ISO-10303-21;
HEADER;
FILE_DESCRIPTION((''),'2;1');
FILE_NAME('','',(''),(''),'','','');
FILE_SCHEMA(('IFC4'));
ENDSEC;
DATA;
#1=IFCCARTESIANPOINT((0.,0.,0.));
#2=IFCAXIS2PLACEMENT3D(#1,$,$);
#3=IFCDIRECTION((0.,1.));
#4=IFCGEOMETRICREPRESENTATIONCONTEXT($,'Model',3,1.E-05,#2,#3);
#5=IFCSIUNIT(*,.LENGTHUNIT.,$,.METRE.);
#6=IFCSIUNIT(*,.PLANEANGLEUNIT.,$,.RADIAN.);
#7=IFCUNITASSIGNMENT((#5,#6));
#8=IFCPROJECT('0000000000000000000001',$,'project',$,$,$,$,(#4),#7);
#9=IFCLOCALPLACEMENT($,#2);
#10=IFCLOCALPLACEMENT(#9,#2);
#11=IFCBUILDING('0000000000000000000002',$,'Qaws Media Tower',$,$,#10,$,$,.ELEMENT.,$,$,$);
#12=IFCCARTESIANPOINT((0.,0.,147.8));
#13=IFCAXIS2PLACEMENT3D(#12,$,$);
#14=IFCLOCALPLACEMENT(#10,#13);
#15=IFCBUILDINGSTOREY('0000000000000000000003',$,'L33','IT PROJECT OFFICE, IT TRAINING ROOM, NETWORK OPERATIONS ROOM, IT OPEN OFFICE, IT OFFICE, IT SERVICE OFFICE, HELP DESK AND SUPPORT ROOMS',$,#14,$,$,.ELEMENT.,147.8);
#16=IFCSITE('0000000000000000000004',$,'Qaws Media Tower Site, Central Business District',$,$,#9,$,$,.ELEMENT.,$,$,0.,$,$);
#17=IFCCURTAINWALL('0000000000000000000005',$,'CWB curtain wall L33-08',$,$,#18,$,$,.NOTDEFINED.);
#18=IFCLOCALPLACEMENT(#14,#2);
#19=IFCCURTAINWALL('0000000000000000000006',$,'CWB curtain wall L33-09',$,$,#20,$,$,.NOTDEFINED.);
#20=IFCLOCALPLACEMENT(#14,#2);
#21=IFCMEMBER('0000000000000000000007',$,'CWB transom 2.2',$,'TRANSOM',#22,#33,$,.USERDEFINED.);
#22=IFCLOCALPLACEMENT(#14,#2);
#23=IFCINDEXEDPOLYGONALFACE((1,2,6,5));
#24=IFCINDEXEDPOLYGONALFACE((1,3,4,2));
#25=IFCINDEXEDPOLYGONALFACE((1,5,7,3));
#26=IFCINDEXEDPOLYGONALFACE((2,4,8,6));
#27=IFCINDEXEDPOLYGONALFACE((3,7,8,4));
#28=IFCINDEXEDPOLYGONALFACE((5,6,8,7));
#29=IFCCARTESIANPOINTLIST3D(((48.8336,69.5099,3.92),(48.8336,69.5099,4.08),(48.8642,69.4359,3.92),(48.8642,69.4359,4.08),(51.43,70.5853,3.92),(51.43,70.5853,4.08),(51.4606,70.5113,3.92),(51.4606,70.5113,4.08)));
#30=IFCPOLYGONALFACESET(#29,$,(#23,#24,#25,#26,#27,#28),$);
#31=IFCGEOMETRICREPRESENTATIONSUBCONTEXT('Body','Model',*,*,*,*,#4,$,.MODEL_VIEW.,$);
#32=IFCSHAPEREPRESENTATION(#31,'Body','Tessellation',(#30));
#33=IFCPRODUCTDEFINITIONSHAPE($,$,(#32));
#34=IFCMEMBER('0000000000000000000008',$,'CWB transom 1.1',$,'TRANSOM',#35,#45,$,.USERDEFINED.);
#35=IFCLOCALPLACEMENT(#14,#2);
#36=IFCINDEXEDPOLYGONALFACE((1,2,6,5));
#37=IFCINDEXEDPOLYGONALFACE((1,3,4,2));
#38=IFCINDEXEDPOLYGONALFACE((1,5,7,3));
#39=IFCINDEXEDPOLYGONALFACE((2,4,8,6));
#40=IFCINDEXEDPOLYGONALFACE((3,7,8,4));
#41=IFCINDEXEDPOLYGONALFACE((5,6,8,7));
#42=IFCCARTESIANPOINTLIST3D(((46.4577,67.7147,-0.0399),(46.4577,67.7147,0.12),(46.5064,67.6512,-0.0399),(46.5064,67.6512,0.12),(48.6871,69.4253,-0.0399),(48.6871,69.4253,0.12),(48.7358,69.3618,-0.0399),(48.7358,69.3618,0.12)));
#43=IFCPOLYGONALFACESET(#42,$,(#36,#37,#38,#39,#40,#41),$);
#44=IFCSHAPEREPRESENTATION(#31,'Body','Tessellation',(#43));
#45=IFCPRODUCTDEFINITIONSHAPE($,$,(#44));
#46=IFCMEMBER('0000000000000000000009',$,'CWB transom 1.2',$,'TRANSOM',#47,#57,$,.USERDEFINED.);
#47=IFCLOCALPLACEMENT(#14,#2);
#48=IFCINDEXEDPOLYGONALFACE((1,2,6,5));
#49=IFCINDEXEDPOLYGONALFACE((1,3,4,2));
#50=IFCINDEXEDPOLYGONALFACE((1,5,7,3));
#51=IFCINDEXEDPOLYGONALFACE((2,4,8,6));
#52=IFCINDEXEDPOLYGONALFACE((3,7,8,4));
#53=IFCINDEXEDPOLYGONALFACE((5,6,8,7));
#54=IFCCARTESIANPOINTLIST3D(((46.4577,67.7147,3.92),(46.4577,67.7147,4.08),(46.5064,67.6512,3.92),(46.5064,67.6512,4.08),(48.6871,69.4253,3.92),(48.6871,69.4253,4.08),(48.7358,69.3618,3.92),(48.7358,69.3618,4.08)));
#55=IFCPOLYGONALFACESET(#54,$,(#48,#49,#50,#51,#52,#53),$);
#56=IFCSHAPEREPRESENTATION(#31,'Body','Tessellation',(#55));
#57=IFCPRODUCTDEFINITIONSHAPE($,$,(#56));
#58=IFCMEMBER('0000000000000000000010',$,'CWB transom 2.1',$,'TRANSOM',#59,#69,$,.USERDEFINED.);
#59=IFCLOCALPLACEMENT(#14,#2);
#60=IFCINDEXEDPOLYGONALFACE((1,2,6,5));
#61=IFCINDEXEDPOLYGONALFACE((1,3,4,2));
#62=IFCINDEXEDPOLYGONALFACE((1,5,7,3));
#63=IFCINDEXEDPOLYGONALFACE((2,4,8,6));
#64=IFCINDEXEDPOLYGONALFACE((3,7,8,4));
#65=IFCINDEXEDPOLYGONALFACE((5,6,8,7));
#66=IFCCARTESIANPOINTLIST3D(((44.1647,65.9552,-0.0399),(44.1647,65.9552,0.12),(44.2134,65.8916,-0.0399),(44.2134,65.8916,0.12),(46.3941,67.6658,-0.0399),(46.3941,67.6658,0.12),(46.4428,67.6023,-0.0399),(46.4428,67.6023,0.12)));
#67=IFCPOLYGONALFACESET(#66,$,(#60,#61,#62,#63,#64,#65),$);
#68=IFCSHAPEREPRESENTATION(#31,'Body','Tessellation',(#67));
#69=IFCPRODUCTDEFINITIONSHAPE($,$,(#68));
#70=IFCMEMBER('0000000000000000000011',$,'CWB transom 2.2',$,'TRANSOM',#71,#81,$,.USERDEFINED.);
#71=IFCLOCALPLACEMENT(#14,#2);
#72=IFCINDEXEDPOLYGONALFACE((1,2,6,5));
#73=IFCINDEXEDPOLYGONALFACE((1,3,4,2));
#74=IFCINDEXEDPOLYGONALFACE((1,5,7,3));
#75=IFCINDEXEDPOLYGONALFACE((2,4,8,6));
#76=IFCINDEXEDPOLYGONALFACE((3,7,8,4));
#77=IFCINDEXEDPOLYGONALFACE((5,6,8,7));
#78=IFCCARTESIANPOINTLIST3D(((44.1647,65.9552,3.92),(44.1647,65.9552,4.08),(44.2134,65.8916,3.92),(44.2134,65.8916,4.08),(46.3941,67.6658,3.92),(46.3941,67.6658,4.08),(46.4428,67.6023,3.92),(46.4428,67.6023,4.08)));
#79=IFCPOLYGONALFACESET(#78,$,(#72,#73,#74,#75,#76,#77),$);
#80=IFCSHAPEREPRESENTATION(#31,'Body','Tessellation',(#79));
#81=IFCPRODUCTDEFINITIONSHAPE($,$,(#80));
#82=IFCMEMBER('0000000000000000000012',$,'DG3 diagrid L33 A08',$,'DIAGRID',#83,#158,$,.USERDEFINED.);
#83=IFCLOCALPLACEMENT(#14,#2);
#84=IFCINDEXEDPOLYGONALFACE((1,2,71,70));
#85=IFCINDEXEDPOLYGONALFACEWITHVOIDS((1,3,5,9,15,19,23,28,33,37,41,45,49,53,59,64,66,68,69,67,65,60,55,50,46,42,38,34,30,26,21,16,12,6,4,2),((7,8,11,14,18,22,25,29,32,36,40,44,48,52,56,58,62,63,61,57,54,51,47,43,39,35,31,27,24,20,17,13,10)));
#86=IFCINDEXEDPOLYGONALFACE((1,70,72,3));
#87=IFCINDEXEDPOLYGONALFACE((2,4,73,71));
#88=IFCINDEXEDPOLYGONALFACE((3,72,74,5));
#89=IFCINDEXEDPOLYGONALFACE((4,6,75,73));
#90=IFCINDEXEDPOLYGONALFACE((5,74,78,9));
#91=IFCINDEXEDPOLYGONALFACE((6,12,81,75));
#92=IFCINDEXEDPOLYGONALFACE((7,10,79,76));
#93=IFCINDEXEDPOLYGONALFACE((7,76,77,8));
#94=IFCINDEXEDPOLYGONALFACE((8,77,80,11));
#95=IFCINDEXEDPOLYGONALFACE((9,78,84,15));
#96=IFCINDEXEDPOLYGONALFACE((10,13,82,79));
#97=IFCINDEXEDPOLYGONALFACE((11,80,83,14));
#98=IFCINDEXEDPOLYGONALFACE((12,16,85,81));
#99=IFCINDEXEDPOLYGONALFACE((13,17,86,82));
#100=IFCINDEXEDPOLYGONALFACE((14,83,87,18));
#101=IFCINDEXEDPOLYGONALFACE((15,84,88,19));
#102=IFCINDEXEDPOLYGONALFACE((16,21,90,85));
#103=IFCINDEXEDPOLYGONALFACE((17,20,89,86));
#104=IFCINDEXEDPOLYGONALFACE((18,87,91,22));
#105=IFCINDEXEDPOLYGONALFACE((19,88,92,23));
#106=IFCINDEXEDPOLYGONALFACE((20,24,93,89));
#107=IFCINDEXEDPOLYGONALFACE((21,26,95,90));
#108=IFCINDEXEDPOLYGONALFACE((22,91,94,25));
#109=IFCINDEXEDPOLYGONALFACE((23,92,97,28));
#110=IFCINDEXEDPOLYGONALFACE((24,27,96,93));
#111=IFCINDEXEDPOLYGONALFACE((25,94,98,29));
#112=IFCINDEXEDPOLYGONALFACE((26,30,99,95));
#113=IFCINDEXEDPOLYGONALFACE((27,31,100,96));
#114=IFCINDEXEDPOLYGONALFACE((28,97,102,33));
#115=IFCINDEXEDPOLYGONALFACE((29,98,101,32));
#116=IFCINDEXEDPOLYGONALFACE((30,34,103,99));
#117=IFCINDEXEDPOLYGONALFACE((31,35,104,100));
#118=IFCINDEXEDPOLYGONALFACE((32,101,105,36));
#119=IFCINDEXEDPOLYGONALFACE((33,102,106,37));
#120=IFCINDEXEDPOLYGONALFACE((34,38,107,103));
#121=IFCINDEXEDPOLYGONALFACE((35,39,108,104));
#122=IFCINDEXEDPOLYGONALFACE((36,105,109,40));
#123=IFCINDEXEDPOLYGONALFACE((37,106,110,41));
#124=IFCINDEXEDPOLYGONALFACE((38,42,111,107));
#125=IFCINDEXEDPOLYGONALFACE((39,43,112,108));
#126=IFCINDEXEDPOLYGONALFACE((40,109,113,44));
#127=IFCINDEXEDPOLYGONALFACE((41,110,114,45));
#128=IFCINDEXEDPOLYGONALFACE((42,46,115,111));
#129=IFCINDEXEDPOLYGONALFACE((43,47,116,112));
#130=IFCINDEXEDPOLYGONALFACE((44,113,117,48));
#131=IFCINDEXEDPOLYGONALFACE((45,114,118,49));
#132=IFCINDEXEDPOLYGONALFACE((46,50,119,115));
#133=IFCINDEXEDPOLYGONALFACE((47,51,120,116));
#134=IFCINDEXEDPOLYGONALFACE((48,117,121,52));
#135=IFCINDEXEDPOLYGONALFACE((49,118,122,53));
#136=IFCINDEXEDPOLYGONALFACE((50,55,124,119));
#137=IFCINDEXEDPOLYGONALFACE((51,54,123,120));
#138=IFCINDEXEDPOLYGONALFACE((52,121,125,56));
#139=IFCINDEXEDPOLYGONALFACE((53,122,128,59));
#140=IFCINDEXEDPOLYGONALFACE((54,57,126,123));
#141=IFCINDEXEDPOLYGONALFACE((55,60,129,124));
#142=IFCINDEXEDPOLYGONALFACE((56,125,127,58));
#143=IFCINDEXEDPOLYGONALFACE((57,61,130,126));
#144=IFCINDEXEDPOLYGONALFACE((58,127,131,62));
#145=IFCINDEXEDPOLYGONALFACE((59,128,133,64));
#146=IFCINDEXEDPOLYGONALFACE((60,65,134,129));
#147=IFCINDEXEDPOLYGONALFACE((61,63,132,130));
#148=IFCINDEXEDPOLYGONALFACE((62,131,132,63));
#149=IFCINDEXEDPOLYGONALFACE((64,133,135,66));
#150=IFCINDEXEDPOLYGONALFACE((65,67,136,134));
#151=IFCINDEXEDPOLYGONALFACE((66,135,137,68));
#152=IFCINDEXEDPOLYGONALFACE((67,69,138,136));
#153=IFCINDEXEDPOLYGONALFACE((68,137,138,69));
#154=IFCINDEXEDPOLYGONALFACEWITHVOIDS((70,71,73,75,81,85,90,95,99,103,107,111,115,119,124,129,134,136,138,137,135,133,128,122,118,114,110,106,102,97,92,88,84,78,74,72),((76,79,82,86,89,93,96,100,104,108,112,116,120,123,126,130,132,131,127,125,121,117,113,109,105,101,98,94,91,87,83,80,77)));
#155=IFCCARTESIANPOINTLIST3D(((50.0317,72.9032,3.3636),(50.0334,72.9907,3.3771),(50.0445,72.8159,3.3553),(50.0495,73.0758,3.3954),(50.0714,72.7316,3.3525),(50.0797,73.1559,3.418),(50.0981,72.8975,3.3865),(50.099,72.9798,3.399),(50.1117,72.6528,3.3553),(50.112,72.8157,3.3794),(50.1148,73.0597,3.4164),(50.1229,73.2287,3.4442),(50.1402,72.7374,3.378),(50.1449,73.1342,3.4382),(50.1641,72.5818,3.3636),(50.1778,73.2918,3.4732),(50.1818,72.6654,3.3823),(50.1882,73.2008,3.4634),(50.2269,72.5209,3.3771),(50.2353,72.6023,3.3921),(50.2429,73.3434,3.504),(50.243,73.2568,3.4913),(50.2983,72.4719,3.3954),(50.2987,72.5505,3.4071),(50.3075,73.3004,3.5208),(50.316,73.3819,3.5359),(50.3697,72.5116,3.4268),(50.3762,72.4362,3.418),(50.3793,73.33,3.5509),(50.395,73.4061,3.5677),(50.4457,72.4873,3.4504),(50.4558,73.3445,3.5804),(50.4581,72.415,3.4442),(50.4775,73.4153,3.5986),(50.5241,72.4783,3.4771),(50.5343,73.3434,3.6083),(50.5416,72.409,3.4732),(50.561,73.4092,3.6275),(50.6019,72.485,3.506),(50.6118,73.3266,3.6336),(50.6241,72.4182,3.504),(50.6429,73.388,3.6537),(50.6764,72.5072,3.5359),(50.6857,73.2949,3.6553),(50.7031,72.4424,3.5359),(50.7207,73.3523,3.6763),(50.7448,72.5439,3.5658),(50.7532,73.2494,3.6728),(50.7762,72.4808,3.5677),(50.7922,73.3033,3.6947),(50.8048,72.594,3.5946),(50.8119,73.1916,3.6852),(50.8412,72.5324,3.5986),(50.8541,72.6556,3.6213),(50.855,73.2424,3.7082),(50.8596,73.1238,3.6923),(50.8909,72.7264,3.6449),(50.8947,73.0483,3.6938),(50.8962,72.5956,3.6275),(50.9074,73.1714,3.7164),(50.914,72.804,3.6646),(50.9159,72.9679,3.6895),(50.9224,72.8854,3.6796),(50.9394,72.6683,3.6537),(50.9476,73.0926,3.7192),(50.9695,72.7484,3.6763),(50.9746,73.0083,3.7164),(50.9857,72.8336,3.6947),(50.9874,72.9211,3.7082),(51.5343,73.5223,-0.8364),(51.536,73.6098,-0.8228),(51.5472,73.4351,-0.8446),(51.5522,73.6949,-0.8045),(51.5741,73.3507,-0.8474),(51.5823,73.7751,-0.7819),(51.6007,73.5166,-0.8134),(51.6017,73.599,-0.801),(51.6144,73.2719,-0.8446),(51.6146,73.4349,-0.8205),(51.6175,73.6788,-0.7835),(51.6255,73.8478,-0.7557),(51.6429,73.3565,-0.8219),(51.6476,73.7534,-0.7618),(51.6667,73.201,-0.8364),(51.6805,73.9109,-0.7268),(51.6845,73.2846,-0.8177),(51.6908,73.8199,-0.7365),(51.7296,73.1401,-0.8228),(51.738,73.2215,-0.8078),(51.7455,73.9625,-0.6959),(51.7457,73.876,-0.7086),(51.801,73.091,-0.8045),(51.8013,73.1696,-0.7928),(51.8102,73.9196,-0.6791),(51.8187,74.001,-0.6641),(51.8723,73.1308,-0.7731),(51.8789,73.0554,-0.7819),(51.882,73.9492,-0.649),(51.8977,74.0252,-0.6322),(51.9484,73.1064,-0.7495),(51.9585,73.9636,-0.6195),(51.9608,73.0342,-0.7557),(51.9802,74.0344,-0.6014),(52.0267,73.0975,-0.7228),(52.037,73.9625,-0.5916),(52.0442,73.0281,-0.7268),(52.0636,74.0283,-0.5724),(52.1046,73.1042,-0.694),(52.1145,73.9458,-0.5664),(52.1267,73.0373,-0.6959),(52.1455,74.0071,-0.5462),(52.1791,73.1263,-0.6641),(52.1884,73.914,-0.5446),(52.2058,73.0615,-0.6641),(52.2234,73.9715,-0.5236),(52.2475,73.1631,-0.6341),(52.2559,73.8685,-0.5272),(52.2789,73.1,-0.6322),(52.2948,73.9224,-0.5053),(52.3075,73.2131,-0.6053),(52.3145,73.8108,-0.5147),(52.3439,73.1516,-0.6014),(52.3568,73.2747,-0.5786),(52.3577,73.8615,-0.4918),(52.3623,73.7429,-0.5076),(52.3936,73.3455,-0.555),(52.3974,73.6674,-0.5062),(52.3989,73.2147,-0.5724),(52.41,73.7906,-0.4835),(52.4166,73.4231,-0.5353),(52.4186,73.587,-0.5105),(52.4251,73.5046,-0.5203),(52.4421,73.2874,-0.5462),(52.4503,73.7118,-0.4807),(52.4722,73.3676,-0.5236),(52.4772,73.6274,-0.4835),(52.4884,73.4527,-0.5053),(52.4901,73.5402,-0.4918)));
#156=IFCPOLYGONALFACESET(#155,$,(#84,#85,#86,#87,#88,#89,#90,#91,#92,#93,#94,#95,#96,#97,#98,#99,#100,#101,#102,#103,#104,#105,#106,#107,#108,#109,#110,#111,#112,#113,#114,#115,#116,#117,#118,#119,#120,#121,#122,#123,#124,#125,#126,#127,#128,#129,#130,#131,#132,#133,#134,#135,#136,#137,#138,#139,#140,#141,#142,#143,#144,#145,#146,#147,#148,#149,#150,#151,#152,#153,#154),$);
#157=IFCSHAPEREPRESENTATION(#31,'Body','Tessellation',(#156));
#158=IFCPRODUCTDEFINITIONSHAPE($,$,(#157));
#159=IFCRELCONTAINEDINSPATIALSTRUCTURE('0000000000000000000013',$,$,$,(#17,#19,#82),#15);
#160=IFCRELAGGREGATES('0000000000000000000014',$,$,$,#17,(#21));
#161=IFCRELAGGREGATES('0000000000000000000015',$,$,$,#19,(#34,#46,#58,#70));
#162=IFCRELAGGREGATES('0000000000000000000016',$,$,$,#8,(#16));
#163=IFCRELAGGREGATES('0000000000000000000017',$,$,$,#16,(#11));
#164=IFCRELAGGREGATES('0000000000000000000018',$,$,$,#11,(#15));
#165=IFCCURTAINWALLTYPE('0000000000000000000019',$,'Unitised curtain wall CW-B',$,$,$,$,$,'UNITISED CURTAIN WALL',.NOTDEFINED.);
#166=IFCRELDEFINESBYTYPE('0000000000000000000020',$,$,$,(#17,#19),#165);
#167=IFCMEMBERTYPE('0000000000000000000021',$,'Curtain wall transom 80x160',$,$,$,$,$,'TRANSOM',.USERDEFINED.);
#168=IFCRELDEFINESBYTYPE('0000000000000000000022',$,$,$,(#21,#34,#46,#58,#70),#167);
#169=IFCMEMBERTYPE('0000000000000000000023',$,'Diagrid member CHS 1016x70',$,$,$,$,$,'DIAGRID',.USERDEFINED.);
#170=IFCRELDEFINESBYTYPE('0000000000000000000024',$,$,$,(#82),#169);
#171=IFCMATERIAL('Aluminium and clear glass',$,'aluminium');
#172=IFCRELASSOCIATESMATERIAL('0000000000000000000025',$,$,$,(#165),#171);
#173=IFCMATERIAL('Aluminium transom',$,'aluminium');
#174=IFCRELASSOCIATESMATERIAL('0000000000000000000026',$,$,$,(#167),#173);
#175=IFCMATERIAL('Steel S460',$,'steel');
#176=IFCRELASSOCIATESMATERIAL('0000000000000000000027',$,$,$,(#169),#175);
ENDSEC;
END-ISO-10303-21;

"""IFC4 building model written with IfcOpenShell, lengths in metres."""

from ifc_helpers import new_model, si_unit, direction, frame, origin, origin_2d, place, context, subcontext, project, spatial, rectangle, hollow_circle, extrude, material, material_profile, profile_set, type_object, element, aggregate, save


model = new_model("IFC4")

# Units and contexts
model_context = context("Model", 3, precision=1e-05, world=origin(), true_north=direction((0.0, 1.0)))
body_context = subcontext(model_context, "Body", "Model", "MODEL_VIEW")
ifc_project = project(units=[si_unit("LENGTHUNIT", "METRE"), si_unit("PLANEANGLEUNIT", "RADIAN")], contexts=[model_context])

# Site, building, storey
site_placement = place(None, origin())
site = spatial("IfcSite", under=ifc_project, at=site_placement, Name="Qaws Media Tower Site, Central Business District", CompositionType="ELEMENT", RefElevation=0.0)
building_placement = place(site_placement, origin())
building = spatial("IfcBuilding", under=site, at=building_placement, Name="Qaws Media Tower", CompositionType="ELEMENT")
storey_placement = place(building_placement, frame((0.0, 0.0, 147.8)))
storey = spatial("IfcBuildingStorey", under=building, at=storey_placement, Name="L33", Description="IT PROJECT OFFICE, IT TRAINING ROOM, NETWORK OPERATIONS ROOM, IT OPEN OFFICE, IT OFFICE, IT SERVICE OFFICE, HELP DESK AND SUPPORT ROOMS", CompositionType="ELEMENT", Elevation=147.8)

# Curtain walls
ifc_material_1 = material(Name="Aluminium and clear glass", Category="aluminium")
curtain_wall_type = type_object("IfcCurtainWallType", Name="Unitised curtain wall CW-B", ElementType="UNITISED CURTAIN WALL", PredefinedType="NOTDEFINED", material=ifc_material_1)
curtain_wall_1_placement = place(storey_placement, origin())
curtain_wall_1 = element("IfcCurtainWall", 1, at=curtain_wall_1_placement, inside=storey, type_object=curtain_wall_type, Name="CWB curtain wall L33-08", PredefinedType="NOTDEFINED")
curtain_wall_2_placement = place(storey_placement, origin())
curtain_wall_2 = element("IfcCurtainWall", 2, at=curtain_wall_2_placement, inside=storey, type_object=curtain_wall_type, Name="CWB curtain wall L33-09", PredefinedType="NOTDEFINED")

# Members
ifc_material_2 = material(Name="Aluminium transom", Category="aluminium")
ifc_material_profile_1 = material_profile(ifc_material_2, rectangle(XDim=0.0801, YDim=0.1599, at=origin_2d()), Name="80x160")
ifc_profile_set_1 = profile_set([ifc_material_profile_1], Name="Aluminium transom")
member_type_1 = type_object("IfcMemberType", Name="Curtain wall transom 80x160", ElementType="TRANSOM", PredefinedType="USERDEFINED", material=ifc_profile_set_1)
member_1_placement = place(storey_placement, frame((51.4453, 70.5483, 4.0), z_axis=(-0.923884, -0.382671, 0.0), x_axis=(0.382671, -0.923884, 0.0)))
member_1 = element("IfcMember", 3, at=member_1_placement, type_object=member_type_1, Name="CWB transom 2.2", ObjectType="TRANSOM", PredefinedType="USERDEFINED", context=body_context, shape_type="SweptSolid", body=[
    extrude(rectangle(XDim=0.0801, YDim=0.1599, at=origin_2d()), origin(), (0.0, 0.0, 1.0), 2.8103),
])
member_2_placement = place(storey_placement, frame((48.7114, 69.3936, 0.04), z_axis=(-0.793363, -0.608749, 0.0), x_axis=(0.608749, -0.793363, 0.0)))
member_2 = element("IfcMember", 4, at=member_2_placement, type_object=member_type_1, Name="CWB transom 1.1", ObjectType="TRANSOM", PredefinedType="USERDEFINED", context=body_context, shape_type="SweptSolid", body=[
    extrude(rectangle(XDim=0.0801, YDim=0.1599, at=origin_2d()), origin(), (0.0, 0.0, 1.0), 2.8101),
])
member_3_placement = place(storey_placement, frame((48.7114, 69.3936, 4.0), z_axis=(-0.793363, -0.608749, 0.0), x_axis=(0.608749, -0.793363, 0.0)))
member_3 = element("IfcMember", 5, at=member_3_placement, type_object=member_type_1, Name="CWB transom 1.2", ObjectType="TRANSOM", PredefinedType="USERDEFINED", context=body_context, shape_type="SweptSolid", body=[
    extrude(rectangle(XDim=0.0801, YDim=0.1599, at=origin_2d()), origin(), (0.0, 0.0, 1.0), 2.8101),
])
member_4_placement = place(storey_placement, frame((46.4185, 67.634, 0.04), z_axis=(-0.793363, -0.608749, 0.0), x_axis=(0.608749, -0.793363, 0.0)))
member_4 = element("IfcMember", 6, at=member_4_placement, type_object=member_type_1, Name="CWB transom 2.1", ObjectType="TRANSOM", PredefinedType="USERDEFINED", context=body_context, shape_type="SweptSolid", body=[
    extrude(rectangle(XDim=0.0801, YDim=0.1599, at=origin_2d()), origin(), (0.0, 0.0, 1.0), 2.8101),
])
member_5_placement = place(storey_placement, frame((46.4185, 67.634, 4.0), z_axis=(-0.793363, -0.608749, 0.0), x_axis=(0.608749, -0.793363, 0.0)))
member_5 = element("IfcMember", 7, at=member_5_placement, type_object=member_type_1, Name="CWB transom 2.2", ObjectType="TRANSOM", PredefinedType="USERDEFINED", context=body_context, shape_type="SweptSolid", body=[
    extrude(rectangle(XDim=0.0801, YDim=0.1599, at=origin_2d()), origin(), (0.0, 0.0, 1.0), 2.8101),
])

# Member
ifc_material_3 = material(Name="Steel S460", Category="steel")
ifc_material_profile_2 = material_profile(ifc_material_3, hollow_circle(Radius=0.5081, WallThickness=0.0701, at=origin_2d()), Name="CHS 1016x70")
ifc_profile_set_2 = profile_set([ifc_material_profile_2], Name="Steel S460")
member_type_2 = type_object("IfcMemberType", Name="Diagrid member CHS 1016x70", ElementType="DIAGRID", PredefinedType="USERDEFINED", material=ifc_profile_set_2)
for number, where, z_axis, x_axis, name in (
    (8, (52.0122, 73.5312, -0.6641), (-0.333675, -0.137482, 0.932609), (0.380954, -0.924594, 0.0), "DG3 diagrid L33 A08"),
):
    element("IfcMember", number, at=place(storey_placement, frame(where, z_axis=z_axis, x_axis=x_axis)), inside=storey, type_object=member_type_2, Name=name, ObjectType="DIAGRID", PredefinedType="USERDEFINED", context=body_context, shape_type="SweptSolid", body=[
        extrude(hollow_circle(Radius=0.5081, WallThickness=0.0701, at=origin_2d()), origin(), (0.0, 0.0, 1.0), 4.5034),
    ])

aggregate(curtain_wall_1, [member_1])
aggregate(curtain_wall_2, [member_2, member_3, member_4, member_5])

save(model, "model.ifc")
